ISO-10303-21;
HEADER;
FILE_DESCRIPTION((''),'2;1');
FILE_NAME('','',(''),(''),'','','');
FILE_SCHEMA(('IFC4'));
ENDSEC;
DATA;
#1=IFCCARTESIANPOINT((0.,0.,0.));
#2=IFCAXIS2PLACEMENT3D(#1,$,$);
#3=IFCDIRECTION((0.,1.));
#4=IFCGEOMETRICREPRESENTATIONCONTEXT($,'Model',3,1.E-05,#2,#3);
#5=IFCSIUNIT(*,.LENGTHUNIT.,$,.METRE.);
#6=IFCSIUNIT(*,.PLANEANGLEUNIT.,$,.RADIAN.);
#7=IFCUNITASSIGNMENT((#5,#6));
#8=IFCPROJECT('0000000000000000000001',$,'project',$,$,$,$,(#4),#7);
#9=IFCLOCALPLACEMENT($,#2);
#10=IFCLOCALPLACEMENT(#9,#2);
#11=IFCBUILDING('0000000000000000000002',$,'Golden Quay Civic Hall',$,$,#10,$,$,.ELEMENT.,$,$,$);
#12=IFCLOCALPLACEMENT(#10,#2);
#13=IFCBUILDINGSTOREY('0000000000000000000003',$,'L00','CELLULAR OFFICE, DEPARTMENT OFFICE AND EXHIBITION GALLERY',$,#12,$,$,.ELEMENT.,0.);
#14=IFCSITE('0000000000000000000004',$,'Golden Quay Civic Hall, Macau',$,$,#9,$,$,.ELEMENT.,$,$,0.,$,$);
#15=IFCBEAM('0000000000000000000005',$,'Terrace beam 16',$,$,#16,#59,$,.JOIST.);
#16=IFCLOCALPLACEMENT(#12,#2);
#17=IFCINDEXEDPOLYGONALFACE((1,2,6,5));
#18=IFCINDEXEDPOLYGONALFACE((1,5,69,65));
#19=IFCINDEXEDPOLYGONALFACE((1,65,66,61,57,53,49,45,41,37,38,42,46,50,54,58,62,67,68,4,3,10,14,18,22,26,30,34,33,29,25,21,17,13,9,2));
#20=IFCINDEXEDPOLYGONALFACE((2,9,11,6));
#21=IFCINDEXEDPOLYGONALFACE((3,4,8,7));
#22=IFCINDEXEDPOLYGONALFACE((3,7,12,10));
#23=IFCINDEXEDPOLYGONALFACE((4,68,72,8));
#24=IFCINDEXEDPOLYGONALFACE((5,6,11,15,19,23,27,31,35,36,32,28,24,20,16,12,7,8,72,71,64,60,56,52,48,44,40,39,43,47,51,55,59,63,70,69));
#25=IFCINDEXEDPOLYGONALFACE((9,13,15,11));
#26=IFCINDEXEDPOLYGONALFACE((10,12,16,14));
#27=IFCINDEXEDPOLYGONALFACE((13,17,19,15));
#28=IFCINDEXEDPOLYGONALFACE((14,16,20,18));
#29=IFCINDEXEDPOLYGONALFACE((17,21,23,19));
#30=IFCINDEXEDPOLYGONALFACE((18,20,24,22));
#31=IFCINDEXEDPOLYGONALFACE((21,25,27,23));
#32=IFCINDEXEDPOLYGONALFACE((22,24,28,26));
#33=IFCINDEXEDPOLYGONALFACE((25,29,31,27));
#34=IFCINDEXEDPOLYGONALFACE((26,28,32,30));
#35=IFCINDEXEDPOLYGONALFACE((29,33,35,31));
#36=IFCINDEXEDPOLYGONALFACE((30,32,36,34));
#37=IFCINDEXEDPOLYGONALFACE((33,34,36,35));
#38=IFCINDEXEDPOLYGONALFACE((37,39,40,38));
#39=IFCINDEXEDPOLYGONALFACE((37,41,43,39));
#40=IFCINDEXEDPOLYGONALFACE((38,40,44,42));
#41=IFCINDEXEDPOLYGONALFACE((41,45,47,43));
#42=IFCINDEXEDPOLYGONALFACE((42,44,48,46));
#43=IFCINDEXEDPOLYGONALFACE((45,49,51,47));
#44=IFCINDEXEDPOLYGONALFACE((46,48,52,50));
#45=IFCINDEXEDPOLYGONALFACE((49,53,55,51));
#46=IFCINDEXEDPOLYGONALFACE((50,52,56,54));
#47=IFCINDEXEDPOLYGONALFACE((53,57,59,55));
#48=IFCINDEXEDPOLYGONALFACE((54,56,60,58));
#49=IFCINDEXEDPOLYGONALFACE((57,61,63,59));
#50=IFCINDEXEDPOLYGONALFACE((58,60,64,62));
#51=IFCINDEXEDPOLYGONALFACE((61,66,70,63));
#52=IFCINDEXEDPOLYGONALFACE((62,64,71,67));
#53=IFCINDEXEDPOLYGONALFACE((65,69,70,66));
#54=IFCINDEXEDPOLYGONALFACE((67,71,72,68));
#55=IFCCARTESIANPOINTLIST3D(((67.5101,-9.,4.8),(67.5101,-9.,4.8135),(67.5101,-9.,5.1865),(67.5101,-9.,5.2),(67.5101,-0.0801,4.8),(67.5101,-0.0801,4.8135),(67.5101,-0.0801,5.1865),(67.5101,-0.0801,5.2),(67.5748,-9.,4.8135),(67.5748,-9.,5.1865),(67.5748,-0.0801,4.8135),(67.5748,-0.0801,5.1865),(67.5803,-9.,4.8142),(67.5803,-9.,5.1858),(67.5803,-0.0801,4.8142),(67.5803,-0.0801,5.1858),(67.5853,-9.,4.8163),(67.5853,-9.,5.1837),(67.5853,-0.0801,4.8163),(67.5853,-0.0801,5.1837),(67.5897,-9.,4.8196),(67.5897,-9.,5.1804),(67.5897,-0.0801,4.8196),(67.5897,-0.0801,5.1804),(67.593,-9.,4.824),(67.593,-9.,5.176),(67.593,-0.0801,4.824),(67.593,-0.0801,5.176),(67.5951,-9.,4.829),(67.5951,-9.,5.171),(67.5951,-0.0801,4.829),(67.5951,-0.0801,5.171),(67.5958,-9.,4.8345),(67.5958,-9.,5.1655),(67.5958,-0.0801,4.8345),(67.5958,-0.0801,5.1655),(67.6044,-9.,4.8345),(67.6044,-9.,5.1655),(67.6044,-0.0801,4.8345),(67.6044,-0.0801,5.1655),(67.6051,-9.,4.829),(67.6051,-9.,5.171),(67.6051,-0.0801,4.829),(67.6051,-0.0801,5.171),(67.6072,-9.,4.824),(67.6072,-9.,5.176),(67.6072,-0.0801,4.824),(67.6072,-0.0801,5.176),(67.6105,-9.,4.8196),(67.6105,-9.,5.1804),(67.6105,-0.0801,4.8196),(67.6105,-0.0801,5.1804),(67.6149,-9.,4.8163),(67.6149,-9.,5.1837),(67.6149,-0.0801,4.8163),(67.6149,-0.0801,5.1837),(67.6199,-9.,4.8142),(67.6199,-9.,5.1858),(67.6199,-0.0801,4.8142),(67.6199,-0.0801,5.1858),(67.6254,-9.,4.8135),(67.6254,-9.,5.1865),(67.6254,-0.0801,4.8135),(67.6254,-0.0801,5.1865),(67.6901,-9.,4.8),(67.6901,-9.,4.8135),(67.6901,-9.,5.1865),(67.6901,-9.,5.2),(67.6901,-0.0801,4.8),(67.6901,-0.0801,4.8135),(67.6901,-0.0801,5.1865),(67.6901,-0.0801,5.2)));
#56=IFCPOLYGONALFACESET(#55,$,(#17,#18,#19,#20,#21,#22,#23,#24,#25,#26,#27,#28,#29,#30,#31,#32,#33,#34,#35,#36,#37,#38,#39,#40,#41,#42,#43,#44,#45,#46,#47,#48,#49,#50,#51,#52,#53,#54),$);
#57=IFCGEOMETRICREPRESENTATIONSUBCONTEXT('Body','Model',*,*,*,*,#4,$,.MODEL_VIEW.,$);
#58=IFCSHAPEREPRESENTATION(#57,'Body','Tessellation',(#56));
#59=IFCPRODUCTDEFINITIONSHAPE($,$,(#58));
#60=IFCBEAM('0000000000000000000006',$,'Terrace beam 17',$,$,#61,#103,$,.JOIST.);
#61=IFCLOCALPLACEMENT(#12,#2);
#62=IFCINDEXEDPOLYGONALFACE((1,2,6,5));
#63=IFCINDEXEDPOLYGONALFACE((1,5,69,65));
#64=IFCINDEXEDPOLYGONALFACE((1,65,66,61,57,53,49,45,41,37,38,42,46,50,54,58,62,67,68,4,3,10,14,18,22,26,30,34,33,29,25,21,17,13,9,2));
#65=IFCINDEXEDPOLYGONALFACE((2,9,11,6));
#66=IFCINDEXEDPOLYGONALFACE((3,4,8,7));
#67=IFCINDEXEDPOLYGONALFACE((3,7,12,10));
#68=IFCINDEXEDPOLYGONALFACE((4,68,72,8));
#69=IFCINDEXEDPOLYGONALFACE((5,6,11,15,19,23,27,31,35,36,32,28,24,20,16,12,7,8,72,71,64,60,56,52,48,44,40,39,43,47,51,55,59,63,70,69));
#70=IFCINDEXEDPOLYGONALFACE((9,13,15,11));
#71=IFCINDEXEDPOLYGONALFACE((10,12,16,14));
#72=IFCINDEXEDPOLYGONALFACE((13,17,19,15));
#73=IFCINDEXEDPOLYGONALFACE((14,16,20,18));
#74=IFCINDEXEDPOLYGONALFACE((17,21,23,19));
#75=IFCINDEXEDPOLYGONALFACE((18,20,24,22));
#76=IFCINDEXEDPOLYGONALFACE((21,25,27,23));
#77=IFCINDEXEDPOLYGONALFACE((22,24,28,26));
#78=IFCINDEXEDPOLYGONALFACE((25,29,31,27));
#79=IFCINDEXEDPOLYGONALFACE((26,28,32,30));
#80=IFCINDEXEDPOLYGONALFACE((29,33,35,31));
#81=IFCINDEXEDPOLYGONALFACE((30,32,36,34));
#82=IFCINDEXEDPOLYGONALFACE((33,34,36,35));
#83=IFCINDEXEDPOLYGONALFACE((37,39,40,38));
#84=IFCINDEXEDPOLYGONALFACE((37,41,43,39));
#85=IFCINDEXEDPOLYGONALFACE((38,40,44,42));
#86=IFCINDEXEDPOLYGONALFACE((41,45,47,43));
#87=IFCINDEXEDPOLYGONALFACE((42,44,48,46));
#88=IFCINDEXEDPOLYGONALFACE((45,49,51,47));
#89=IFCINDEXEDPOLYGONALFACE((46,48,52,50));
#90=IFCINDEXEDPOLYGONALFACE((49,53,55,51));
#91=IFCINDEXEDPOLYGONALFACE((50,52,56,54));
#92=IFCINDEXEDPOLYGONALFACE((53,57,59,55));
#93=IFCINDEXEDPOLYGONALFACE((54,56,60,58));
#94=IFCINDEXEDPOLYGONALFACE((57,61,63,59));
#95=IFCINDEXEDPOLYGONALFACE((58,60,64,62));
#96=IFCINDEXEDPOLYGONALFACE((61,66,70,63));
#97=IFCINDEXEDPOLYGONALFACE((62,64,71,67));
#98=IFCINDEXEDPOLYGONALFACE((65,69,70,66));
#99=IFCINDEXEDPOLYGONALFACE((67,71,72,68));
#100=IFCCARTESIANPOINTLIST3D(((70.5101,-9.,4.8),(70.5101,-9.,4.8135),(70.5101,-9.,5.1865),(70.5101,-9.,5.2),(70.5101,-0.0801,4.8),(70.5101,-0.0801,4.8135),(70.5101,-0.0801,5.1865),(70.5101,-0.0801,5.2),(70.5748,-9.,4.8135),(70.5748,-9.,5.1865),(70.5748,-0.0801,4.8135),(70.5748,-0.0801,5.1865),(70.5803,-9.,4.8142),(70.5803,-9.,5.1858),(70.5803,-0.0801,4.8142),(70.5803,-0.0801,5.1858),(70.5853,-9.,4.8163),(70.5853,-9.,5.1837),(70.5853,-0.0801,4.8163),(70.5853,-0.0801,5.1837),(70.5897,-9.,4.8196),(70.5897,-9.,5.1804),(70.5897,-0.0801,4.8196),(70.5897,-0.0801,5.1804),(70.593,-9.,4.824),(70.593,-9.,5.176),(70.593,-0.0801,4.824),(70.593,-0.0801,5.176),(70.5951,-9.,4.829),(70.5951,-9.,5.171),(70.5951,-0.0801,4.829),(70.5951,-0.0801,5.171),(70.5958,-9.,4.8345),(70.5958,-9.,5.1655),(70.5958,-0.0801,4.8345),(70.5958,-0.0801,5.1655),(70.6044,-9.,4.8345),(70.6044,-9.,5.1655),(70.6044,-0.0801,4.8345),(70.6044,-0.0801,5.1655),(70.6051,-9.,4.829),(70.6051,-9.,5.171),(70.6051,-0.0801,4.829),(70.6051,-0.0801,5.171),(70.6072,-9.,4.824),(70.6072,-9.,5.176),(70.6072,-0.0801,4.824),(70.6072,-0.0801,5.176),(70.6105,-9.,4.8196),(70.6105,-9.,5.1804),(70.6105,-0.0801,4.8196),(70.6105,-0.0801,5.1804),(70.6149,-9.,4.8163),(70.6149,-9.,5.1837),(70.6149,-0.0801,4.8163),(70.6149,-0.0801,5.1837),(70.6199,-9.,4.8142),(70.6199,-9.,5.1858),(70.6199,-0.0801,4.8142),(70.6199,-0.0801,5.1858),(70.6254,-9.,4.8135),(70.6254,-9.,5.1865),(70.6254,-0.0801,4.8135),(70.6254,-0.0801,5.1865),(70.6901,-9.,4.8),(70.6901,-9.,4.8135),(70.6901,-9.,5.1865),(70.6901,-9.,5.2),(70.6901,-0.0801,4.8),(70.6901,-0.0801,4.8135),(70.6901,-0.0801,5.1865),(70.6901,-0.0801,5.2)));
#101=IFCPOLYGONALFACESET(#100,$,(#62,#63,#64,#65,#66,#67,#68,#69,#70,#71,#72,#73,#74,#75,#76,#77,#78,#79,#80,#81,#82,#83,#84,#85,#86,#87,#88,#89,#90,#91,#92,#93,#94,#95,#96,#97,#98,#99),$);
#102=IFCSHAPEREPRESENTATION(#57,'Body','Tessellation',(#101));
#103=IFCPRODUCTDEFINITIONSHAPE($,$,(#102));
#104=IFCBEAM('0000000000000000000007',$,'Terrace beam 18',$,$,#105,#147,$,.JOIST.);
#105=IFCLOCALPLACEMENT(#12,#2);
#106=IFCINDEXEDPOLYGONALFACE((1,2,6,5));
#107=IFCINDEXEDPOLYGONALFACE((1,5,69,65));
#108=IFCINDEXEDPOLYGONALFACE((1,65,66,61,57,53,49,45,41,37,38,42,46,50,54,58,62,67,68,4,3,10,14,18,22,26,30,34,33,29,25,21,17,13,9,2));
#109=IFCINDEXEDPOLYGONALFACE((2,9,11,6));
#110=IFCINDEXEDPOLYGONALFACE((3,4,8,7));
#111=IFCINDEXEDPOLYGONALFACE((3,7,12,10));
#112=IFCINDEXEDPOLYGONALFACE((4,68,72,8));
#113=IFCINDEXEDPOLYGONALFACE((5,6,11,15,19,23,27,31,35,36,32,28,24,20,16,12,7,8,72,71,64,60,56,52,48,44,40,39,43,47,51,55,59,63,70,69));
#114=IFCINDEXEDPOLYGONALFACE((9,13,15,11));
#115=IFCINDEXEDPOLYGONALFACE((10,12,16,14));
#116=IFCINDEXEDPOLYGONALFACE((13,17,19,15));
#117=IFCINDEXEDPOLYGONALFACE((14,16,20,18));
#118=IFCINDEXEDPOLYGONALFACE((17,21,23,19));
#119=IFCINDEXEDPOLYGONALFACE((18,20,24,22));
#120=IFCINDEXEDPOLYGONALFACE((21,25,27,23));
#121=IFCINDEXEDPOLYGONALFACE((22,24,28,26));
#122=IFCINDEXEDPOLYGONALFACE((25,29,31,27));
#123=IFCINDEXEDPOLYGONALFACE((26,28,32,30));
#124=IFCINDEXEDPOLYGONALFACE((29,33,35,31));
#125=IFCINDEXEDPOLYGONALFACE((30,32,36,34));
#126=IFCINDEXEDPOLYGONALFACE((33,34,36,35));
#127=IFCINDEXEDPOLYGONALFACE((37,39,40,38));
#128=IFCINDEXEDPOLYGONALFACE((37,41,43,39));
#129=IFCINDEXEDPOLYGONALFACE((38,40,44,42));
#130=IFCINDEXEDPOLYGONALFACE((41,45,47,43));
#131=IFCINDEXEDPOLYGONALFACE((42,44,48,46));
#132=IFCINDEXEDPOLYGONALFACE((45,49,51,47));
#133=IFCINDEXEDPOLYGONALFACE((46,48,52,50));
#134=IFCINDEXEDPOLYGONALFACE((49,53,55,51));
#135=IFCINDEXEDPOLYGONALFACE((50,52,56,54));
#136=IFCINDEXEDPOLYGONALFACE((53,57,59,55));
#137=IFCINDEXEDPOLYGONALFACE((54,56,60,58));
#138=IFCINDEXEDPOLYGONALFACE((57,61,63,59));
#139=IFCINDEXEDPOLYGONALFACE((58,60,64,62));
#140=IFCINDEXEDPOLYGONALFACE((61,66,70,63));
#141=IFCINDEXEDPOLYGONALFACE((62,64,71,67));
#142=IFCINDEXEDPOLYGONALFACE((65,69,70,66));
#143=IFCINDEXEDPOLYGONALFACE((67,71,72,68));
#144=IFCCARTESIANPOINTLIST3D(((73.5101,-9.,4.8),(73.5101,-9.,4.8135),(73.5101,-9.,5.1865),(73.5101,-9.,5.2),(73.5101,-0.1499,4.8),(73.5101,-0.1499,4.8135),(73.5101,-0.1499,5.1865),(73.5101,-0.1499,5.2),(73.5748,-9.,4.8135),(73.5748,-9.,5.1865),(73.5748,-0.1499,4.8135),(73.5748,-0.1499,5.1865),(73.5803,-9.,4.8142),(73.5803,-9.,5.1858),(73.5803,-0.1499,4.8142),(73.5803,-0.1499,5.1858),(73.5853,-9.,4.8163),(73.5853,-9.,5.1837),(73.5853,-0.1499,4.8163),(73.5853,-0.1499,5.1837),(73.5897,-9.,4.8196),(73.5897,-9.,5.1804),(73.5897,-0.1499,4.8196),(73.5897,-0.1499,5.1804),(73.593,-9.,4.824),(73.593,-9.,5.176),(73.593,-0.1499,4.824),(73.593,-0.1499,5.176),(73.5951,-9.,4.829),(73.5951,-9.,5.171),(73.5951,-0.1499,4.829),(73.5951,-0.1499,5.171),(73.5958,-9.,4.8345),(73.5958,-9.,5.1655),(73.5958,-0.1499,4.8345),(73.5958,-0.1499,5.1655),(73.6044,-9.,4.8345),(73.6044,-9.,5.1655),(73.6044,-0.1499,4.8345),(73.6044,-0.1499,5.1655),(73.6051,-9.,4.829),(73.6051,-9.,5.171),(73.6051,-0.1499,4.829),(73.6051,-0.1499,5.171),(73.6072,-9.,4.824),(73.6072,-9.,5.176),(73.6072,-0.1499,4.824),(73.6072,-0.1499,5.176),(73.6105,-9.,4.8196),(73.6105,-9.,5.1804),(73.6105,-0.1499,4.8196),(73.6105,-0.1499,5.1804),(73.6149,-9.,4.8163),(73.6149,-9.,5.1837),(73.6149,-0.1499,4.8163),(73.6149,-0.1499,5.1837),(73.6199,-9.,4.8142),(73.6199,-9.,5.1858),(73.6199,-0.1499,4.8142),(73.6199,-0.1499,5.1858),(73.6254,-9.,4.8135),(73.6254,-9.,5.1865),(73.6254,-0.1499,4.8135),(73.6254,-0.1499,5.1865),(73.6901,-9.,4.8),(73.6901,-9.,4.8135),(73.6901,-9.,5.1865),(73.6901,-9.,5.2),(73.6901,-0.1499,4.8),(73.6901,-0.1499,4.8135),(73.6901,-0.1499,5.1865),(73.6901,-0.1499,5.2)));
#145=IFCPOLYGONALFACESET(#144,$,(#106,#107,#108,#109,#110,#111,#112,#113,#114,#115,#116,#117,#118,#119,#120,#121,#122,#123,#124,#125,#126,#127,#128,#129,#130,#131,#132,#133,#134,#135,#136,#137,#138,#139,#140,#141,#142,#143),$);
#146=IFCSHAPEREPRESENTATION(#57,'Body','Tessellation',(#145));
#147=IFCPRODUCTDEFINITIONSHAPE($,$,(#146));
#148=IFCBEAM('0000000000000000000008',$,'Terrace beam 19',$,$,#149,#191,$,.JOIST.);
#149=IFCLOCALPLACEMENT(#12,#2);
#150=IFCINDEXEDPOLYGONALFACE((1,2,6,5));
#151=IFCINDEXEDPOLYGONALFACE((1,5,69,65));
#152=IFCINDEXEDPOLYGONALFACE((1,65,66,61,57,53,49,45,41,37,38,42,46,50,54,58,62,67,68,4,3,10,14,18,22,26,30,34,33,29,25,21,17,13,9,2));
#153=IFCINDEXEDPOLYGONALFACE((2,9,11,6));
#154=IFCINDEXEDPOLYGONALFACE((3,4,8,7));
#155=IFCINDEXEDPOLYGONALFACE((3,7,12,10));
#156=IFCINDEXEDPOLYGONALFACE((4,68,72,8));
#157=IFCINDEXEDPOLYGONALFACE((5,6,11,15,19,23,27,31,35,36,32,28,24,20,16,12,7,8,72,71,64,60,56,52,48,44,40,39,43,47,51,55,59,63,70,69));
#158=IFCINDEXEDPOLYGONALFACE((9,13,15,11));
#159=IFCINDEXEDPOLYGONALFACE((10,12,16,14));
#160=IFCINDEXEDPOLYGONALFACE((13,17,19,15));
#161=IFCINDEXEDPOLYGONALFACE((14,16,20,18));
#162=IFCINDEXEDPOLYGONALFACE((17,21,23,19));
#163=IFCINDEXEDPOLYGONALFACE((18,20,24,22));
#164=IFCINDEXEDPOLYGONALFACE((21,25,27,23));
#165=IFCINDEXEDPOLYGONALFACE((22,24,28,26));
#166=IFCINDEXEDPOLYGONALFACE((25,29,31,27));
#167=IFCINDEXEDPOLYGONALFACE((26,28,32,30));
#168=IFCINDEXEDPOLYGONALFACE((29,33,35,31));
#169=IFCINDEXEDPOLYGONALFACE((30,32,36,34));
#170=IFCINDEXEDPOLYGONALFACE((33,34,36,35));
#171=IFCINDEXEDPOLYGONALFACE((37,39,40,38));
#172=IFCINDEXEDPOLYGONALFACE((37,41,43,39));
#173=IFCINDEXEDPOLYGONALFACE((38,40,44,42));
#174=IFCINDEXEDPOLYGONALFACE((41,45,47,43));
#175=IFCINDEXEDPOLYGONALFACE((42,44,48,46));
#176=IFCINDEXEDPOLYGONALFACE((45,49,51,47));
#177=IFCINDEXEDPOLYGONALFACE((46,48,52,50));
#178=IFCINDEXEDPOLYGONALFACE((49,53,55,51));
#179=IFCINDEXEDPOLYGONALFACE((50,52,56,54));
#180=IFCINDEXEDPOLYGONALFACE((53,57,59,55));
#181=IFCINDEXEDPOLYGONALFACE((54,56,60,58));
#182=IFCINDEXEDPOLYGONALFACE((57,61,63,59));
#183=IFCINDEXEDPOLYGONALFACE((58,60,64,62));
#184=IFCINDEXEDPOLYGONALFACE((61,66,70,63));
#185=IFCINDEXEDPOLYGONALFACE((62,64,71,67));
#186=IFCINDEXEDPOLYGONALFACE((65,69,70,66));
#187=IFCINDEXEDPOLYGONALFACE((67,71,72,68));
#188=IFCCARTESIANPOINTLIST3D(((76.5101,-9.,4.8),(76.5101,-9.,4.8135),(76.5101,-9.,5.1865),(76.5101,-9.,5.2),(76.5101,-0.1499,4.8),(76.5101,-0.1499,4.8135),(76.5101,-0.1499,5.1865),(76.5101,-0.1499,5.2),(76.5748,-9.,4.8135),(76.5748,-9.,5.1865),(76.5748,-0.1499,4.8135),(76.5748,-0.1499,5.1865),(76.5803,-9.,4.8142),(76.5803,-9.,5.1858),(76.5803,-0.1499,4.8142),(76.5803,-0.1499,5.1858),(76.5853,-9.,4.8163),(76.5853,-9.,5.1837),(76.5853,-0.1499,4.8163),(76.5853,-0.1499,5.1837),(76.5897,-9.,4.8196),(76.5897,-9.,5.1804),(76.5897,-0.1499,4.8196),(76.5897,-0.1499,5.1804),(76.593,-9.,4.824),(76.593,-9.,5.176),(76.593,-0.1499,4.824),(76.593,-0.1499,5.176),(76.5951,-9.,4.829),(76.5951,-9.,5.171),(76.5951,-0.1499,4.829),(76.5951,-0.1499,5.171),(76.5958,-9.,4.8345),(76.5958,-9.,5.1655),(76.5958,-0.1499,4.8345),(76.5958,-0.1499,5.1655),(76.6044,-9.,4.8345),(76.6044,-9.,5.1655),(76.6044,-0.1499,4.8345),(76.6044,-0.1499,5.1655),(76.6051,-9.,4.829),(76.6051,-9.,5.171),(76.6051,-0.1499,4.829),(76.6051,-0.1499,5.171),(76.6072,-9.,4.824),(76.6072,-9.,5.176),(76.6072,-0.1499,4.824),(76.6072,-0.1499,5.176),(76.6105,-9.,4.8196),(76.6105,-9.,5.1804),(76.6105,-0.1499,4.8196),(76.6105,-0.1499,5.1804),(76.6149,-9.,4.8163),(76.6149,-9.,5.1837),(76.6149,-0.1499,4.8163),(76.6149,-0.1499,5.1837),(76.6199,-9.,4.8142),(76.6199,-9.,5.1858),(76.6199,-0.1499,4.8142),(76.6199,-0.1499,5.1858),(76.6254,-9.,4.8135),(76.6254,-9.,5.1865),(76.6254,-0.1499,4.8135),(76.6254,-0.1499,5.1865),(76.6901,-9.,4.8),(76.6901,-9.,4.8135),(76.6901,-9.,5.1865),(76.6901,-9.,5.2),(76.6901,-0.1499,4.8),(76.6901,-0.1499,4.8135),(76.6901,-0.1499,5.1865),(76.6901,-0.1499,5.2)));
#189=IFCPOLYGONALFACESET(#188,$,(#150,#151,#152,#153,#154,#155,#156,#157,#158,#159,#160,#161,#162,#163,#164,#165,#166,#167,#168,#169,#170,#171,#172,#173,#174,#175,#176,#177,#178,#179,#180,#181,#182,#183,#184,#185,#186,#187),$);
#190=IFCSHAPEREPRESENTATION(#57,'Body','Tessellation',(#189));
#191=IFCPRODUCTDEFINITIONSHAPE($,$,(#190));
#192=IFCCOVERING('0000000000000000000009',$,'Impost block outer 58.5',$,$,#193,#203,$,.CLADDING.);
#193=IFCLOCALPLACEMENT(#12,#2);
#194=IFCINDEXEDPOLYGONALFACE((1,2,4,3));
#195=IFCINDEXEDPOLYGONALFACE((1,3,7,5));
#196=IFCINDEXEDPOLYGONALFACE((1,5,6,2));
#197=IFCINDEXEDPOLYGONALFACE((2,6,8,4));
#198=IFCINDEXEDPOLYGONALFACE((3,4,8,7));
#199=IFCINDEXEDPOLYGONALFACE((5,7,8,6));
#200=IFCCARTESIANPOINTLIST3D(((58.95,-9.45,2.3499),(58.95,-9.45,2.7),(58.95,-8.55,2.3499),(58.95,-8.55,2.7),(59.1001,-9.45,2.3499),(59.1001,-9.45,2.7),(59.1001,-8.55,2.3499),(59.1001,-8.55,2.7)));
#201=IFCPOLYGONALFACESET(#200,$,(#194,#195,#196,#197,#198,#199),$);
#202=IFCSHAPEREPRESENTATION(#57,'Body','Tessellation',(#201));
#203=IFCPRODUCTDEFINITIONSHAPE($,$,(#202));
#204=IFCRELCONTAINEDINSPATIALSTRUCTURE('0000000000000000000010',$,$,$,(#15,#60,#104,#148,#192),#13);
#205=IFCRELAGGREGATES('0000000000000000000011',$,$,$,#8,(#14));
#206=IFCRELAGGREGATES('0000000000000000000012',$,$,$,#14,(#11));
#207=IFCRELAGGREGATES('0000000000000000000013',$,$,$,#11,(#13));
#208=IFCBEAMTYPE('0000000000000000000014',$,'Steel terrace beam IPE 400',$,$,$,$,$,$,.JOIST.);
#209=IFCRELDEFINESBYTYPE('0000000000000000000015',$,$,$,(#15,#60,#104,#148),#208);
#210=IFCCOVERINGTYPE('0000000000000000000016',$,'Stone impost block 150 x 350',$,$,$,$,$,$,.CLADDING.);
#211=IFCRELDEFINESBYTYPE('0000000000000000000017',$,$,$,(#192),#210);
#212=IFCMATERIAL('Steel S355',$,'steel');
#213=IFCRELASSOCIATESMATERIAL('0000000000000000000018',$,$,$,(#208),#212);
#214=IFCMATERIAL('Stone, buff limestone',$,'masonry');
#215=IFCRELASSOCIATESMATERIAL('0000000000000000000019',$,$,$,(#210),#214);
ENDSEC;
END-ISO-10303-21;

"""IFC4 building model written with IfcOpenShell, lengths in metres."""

from ifc_helpers import new_model, si_unit, direction, frame, origin, origin_2d, place, context, subcontext, project, spatial, rectangle, i_section, extrude, material, material_profile, profile_set, type_object, element, save


model = new_model("IFC4")

# Units and contexts
model_context = context("Model", 3, precision=1e-05, world=origin(), true_north=direction((0.0, 1.0)))
body_context = subcontext(model_context, "Body", "Model", "MODEL_VIEW")
ifc_project = project(units=[si_unit("LENGTHUNIT", "METRE"), si_unit("PLANEANGLEUNIT", "RADIAN")], contexts=[model_context])

# Site, building, storey
site_placement = place(None, origin())
site = spatial("IfcSite", under=ifc_project, at=site_placement, Name="Golden Quay Civic Hall, Macau", CompositionType="ELEMENT", RefElevation=0.0)
building_placement = place(site_placement, origin())
building = spatial("IfcBuilding", under=site, at=building_placement, Name="Golden Quay Civic Hall", CompositionType="ELEMENT")
storey_placement = place(building_placement, origin())
storey = spatial("IfcBuildingStorey", under=building, at=storey_placement, Name="L00", Description="CELLULAR OFFICE, DEPARTMENT OFFICE AND EXHIBITION GALLERY", CompositionType="ELEMENT", Elevation=0.0)

# Beams
ifc_material_1 = material(Name="Steel S355", Category="steel")
ifc_material_profile_1 = material_profile(ifc_material_1, i_section(OverallWidth=0.1799, OverallDepth=0.3999, WebThickness=0.0085, FlangeThickness=0.0134, FilletRadius=0.021, at=origin_2d()), Name="IPE 400")
ifc_profile_set_1 = profile_set([ifc_material_profile_1], Name="Steel S355")
beam_type_1 = type_object("IfcBeamType", Name="Steel terrace beam IPE 400", PredefinedType="JOIST", material=ifc_profile_set_1)
for number, where, z_axis, x_axis, name in (
    (1, (67.6001, -9.0, 5.0), (0.0, 1.0, 0.0), (-1.0, 0.0, 0.0), "Terrace beam 16"),
    (2, (70.6001, -9.0, 5.0), (0.0, 1.0, 0.0), (-1.0, 0.0, 0.0), "Terrace beam 17"),
):
    element("IfcBeam", number, at=place(storey_placement, frame(where, z_axis=z_axis, x_axis=x_axis)), inside=storey, type_object=beam_type_1, Name=name, PredefinedType="JOIST", context=body_context, shape_type="SweptSolid", body=[
        extrude(i_section(OverallWidth=0.1799, OverallDepth=0.3999, WebThickness=0.0085, FlangeThickness=0.0134, FilletRadius=0.021, at=origin_2d()), origin(), (0.0, 0.0, 1.0), 8.9199),
    ])
for number, where, z_axis, x_axis, name in (
    (3, (73.6001, -9.0, 5.0), (0.0, 1.0, 0.0), (-1.0, 0.0, 0.0), "Terrace beam 18"),
    (4, (76.6001, -9.0, 5.0), (0.0, 1.0, 0.0), (-1.0, 0.0, 0.0), "Terrace beam 19"),
):
    element("IfcBeam", number, at=place(storey_placement, frame(where, z_axis=z_axis, x_axis=x_axis)), inside=storey, type_object=beam_type_1, Name=name, PredefinedType="JOIST", context=body_context, shape_type="SweptSolid", body=[
        extrude(i_section(OverallWidth=0.1799, OverallDepth=0.3999, WebThickness=0.0085, FlangeThickness=0.0134, FilletRadius=0.021, at=origin_2d()), origin(), (0.0, 0.0, 1.0), 8.8501),
    ])

# Covering
ifc_material_2 = material(Name="Stone, buff limestone", Category="masonry")
ifc_material_profile_2 = material_profile(ifc_material_2, rectangle(XDim=0.8999, YDim=0.3501, at=origin_2d()), Name="RC 900x350")
ifc_profile_set_2 = profile_set([ifc_material_profile_2], Name="Stone, buff limestone")
covering_type_1 = type_object("IfcCoveringType", Name="Stone impost block 150 x 350", PredefinedType="CLADDING", material=ifc_profile_set_2)
for number, where, z_axis, x_axis, name in (
    (5, (58.95, -9.0, 2.5249), (1.0, 0.0, 0.0), (0.0, 1.0, 0.0), "Impost block outer 58.5"),
):
    element("IfcCovering", number, at=place(storey_placement, frame(where, z_axis=z_axis, x_axis=x_axis)), inside=storey, type_object=covering_type_1, Name=name, PredefinedType="CLADDING", context=body_context, shape_type="SweptSolid", body=[
        extrude(rectangle(XDim=0.8999, YDim=0.3501, at=origin_2d()), origin(), (0.0, 0.0, 1.0), 0.1501),
    ])

save(model, "model.ifc")
